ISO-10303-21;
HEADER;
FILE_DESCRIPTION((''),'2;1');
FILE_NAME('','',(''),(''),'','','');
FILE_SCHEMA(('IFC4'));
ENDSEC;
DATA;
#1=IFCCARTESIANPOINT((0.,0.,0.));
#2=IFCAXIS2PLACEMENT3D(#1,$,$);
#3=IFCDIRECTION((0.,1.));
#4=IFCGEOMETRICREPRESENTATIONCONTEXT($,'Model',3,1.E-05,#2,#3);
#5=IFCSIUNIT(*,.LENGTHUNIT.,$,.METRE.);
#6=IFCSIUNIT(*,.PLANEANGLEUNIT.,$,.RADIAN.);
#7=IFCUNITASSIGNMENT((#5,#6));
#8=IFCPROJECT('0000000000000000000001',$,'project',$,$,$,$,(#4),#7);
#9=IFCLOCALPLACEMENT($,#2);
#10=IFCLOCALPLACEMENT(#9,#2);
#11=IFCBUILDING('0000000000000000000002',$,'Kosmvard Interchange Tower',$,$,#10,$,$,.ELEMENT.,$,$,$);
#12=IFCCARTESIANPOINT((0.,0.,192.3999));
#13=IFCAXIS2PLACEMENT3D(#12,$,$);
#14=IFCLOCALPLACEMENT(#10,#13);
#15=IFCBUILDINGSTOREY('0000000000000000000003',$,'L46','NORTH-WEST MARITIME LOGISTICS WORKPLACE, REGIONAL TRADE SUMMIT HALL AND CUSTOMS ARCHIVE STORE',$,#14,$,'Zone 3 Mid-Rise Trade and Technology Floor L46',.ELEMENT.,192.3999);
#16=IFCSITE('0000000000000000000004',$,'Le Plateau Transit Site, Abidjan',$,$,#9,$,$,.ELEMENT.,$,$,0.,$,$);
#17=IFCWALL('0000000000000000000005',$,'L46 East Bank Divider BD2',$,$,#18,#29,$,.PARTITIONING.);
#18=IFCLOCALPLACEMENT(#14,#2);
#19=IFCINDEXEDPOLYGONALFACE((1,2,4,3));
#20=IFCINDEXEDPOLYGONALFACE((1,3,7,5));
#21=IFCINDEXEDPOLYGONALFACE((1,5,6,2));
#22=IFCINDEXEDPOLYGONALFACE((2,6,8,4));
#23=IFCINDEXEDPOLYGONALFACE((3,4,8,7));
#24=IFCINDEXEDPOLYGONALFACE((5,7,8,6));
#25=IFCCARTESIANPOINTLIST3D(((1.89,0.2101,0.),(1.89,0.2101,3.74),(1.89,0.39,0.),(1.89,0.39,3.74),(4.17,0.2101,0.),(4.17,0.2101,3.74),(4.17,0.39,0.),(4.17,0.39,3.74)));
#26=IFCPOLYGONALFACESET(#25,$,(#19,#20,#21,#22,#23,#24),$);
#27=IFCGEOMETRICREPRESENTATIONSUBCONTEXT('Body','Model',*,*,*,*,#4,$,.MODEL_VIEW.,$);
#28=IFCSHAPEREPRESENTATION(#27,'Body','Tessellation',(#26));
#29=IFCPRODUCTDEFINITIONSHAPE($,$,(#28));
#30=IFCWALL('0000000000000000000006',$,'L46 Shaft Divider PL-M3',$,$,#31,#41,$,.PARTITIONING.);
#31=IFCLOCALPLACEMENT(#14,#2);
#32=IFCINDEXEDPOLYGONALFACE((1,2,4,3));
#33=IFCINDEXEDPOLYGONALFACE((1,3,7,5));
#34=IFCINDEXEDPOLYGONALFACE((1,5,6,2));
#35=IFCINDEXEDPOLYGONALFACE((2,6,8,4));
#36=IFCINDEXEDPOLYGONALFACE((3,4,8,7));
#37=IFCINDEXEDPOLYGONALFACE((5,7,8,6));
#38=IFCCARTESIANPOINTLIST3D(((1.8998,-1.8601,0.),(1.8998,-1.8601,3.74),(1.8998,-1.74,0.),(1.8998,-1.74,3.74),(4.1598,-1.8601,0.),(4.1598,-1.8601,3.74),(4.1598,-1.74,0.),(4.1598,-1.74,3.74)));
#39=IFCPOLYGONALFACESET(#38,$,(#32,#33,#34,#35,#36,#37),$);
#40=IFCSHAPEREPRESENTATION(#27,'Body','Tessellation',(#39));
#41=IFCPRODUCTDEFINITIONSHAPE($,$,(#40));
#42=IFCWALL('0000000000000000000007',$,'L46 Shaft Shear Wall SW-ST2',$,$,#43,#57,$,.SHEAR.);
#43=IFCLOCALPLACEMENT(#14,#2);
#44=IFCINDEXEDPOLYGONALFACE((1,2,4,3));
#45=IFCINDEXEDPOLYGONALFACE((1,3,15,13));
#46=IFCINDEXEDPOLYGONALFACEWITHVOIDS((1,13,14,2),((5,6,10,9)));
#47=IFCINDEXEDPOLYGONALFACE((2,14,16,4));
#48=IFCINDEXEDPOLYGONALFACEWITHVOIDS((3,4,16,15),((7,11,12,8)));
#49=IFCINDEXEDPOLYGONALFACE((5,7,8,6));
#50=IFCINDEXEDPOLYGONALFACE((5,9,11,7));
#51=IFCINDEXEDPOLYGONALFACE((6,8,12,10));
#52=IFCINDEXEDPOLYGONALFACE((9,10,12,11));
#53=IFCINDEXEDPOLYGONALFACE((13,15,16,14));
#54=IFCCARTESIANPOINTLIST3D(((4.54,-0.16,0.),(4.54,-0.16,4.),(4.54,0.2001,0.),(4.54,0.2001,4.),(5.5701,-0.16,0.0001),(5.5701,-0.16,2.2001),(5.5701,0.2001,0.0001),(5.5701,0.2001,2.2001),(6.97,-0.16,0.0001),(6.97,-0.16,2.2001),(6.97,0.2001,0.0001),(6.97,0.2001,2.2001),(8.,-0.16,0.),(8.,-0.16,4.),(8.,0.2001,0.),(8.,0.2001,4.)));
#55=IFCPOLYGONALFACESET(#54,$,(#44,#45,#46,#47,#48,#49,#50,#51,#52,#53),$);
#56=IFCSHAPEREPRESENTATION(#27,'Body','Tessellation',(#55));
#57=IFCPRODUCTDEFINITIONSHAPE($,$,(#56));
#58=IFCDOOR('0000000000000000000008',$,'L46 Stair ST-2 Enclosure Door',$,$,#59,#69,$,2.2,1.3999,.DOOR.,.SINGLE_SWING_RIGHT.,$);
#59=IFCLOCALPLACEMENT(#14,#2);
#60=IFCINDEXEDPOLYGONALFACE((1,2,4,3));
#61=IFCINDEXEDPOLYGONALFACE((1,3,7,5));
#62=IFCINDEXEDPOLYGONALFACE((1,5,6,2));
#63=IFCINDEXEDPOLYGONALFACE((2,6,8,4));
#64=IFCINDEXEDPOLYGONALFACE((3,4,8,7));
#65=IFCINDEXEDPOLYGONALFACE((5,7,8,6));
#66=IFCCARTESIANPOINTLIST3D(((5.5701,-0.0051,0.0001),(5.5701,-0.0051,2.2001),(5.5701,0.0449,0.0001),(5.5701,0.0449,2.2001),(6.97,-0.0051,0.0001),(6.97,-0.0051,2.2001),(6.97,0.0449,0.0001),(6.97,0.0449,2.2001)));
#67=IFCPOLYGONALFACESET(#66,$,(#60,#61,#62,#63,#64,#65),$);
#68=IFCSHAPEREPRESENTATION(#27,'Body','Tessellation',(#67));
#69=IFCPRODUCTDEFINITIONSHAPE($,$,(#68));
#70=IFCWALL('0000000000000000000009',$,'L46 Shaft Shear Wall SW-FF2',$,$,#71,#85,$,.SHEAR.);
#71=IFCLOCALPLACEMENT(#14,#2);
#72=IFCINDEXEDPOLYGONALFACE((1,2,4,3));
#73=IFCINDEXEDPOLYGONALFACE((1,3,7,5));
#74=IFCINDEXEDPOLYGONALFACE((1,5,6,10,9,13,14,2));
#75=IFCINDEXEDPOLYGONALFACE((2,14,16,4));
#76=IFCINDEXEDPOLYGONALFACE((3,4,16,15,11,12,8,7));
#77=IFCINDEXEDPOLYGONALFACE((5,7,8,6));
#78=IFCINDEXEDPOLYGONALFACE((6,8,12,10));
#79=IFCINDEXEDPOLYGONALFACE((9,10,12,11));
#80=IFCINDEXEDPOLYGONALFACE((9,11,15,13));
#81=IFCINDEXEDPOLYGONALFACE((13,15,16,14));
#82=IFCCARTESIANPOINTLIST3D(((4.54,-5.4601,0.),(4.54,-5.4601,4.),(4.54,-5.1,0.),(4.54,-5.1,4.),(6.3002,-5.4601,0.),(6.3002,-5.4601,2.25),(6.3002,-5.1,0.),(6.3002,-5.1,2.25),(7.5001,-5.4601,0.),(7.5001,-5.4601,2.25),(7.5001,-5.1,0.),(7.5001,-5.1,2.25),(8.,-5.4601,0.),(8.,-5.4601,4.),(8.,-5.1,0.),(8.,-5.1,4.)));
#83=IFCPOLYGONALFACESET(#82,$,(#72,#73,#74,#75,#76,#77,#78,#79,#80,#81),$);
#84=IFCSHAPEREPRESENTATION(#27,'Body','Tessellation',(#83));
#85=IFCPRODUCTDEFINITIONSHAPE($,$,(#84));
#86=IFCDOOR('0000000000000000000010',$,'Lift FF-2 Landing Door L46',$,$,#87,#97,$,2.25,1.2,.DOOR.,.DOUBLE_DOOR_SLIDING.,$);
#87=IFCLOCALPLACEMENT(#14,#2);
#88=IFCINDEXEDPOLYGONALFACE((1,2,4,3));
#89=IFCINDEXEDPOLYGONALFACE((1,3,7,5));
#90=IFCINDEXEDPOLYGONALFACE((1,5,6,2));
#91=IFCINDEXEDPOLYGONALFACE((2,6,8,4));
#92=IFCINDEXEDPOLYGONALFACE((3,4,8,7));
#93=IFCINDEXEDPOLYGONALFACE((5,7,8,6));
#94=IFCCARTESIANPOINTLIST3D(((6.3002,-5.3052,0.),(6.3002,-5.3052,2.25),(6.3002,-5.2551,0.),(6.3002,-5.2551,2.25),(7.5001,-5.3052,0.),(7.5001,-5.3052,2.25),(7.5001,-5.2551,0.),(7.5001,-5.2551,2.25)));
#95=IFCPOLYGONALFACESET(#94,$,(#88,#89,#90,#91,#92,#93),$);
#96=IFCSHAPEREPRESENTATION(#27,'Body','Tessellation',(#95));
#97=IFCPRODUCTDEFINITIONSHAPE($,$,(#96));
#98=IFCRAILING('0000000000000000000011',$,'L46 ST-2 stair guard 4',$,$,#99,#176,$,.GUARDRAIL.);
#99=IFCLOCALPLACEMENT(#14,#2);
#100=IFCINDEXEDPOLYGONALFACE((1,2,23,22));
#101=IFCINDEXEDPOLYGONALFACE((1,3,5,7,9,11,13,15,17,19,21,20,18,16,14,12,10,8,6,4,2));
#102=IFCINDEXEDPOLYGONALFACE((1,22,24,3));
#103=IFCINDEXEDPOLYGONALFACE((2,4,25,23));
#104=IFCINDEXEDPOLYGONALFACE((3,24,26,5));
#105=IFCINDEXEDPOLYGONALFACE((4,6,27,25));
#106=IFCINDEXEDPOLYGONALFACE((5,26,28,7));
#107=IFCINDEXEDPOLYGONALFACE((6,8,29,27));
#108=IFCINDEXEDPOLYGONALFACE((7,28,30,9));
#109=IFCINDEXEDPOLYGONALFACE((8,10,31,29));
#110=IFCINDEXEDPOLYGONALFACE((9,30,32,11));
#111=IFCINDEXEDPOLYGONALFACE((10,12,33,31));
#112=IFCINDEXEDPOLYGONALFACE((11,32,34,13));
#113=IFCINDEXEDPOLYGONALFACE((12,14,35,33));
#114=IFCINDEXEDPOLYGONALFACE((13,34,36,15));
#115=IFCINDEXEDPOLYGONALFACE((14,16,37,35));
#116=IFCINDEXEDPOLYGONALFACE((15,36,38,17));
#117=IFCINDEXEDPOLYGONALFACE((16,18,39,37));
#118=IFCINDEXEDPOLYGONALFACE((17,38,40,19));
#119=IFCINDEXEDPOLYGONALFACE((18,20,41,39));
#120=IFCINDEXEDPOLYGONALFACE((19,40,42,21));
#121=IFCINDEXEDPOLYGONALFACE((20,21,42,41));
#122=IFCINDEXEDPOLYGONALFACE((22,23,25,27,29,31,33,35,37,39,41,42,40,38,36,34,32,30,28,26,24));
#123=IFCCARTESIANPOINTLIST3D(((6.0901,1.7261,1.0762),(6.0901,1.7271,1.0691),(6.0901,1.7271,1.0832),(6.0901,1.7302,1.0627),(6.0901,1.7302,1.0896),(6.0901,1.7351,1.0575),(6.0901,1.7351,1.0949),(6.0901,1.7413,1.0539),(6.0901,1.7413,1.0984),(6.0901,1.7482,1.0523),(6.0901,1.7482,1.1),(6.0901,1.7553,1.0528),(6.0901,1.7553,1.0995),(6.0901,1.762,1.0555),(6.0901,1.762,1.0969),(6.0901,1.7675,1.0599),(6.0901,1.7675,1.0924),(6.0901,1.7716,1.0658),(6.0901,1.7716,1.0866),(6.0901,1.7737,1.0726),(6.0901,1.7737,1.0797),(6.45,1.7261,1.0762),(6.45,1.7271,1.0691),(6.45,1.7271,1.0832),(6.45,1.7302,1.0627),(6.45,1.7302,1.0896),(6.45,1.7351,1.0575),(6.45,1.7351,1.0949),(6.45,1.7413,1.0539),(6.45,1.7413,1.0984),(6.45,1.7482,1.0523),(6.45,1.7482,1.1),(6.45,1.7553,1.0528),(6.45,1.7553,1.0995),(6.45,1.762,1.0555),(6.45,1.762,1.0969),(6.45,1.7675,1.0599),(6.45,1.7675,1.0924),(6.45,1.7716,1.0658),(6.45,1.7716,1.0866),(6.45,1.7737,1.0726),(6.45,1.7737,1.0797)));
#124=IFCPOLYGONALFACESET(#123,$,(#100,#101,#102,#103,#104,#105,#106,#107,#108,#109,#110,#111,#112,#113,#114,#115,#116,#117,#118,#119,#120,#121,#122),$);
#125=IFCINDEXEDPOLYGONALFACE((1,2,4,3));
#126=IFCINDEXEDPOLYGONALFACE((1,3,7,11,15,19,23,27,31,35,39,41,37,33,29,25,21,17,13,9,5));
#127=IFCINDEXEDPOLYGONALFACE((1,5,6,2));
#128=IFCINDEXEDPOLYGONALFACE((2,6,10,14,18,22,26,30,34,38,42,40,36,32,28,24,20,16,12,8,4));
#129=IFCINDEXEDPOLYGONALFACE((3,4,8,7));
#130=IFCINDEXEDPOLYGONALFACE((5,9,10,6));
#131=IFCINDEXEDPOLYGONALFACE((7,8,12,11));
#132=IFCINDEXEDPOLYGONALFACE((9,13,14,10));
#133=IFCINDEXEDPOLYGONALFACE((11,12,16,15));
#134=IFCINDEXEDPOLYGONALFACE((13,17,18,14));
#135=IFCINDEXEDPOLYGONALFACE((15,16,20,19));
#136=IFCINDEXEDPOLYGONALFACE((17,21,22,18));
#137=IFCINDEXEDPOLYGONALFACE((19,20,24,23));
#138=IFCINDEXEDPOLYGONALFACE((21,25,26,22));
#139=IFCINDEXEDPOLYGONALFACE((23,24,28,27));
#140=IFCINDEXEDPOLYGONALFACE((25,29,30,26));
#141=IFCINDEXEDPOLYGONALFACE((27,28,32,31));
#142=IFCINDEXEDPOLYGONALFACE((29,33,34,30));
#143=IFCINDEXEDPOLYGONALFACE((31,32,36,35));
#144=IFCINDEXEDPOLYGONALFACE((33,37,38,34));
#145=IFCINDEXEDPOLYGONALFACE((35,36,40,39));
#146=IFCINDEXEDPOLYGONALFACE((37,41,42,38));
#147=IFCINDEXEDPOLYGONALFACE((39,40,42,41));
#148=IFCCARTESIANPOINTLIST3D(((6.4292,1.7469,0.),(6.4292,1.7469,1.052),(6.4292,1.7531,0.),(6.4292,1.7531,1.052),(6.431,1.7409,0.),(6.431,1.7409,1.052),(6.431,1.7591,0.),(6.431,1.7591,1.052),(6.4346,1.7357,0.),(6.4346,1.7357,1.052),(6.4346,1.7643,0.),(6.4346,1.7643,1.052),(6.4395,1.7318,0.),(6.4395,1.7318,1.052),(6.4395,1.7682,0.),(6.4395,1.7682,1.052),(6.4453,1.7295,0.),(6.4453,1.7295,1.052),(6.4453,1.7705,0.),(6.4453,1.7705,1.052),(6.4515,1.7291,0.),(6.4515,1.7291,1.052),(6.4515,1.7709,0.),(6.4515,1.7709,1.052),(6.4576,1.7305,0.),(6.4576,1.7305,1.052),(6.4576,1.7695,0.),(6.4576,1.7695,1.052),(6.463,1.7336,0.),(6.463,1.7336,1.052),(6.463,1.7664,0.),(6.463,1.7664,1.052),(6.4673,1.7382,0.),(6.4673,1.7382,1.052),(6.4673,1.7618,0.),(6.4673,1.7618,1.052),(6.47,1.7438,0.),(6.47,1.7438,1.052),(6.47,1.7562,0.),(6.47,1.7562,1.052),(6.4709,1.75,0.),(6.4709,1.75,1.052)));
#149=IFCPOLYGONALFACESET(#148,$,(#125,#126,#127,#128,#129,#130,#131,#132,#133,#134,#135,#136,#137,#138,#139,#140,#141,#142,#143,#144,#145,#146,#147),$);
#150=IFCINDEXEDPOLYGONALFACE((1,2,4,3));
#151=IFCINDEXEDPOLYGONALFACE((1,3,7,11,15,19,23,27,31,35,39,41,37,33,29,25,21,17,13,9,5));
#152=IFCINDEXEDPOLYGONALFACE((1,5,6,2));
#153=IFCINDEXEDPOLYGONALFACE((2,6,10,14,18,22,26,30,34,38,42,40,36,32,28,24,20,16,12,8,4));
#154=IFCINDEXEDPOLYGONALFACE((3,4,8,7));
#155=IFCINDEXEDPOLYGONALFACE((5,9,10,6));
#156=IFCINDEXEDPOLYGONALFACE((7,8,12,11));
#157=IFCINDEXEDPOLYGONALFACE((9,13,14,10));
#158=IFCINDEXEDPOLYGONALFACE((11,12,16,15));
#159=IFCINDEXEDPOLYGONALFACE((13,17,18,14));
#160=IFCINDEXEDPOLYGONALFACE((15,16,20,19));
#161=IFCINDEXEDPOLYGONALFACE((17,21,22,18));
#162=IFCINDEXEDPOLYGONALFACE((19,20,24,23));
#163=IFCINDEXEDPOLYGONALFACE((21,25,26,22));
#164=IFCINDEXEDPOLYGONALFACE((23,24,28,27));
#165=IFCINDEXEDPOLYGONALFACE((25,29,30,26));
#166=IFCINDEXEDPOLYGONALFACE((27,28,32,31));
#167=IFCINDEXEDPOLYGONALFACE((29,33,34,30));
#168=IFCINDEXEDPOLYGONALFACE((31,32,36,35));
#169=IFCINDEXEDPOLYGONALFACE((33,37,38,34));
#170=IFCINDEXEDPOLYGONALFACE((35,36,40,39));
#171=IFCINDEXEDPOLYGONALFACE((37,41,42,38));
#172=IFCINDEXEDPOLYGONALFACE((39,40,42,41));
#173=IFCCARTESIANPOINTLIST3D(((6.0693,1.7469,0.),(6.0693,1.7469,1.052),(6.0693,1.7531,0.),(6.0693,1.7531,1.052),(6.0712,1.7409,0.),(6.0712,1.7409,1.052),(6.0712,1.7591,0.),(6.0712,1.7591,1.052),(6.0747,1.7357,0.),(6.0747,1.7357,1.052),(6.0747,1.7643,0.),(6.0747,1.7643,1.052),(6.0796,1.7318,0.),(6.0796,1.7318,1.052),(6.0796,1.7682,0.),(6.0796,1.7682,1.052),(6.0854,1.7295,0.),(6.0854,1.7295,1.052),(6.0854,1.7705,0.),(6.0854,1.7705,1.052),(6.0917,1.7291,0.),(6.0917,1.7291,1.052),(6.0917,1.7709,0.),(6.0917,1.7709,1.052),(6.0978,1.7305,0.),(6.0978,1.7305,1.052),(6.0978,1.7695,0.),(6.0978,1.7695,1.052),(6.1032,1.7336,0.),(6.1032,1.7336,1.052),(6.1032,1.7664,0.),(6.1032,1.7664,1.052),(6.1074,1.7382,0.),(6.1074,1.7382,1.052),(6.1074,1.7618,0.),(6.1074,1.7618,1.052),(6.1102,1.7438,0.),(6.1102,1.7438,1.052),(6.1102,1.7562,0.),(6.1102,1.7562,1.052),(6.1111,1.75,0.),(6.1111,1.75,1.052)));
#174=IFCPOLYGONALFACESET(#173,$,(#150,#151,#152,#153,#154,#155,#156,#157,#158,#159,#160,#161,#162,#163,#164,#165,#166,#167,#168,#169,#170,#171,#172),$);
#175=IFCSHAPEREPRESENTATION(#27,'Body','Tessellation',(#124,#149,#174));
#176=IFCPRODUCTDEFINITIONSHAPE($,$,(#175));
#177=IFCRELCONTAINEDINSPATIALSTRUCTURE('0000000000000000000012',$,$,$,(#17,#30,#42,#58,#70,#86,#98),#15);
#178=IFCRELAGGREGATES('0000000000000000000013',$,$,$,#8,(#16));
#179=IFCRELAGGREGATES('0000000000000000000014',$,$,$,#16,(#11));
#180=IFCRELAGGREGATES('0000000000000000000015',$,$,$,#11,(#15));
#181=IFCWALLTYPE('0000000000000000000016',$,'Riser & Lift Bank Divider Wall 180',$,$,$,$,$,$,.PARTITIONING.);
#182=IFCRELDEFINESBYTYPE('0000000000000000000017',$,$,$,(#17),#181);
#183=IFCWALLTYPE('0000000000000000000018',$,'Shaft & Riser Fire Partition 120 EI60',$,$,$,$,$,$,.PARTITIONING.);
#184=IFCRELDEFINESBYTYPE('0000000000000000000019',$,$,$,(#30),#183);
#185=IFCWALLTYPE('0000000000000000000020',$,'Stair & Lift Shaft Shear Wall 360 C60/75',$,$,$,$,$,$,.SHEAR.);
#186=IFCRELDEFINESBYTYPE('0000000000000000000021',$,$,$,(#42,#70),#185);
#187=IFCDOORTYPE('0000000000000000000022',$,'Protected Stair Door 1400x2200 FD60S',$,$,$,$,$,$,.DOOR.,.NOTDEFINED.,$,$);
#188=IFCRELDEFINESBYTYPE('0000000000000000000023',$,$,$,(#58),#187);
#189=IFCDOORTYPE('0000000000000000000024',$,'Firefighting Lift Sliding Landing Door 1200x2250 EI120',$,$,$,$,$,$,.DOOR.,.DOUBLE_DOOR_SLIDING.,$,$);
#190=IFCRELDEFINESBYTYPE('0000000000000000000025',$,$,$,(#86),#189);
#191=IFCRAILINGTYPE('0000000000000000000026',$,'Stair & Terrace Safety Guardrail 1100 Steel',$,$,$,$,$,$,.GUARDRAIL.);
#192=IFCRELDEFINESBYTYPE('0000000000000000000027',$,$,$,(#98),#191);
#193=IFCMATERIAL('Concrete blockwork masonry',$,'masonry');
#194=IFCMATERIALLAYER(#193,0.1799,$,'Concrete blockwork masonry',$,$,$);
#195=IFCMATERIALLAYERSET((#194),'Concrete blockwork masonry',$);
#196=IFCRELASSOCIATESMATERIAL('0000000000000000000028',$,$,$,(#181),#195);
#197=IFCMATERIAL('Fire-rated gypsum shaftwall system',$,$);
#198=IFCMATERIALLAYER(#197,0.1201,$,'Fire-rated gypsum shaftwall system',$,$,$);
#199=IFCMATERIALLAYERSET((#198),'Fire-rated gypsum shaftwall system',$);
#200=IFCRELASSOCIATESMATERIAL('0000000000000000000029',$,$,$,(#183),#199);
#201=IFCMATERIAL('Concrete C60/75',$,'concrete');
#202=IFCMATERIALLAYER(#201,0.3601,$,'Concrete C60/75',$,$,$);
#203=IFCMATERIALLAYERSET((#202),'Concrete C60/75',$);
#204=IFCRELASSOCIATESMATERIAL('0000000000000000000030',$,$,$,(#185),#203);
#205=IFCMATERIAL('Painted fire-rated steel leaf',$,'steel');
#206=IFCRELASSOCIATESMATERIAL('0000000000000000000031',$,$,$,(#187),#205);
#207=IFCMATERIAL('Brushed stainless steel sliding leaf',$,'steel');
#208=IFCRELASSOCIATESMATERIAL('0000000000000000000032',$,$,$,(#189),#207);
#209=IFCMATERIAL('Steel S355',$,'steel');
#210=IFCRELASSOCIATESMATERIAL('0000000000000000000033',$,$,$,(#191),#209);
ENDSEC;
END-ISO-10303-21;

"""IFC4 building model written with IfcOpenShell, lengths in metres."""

from ifc_helpers import new_model, si_unit, direction, frame, frame_2d, origin, origin_2d, place, context, subcontext, project, spatial, rectangle, circle, extrude, source, transform, mapped, material, layer, layer_set, type_object, element, fill, save


model = new_model("IFC4")

# Units and contexts
model_context = context("Model", 3, precision=1e-05, world=origin(), true_north=direction((0.0, 1.0)))
body_context = subcontext(model_context, "Body", "Model", "MODEL_VIEW")
ifc_project = project(units=[si_unit("LENGTHUNIT", "METRE"), si_unit("PLANEANGLEUNIT", "RADIAN")], contexts=[model_context])

# Site, building, storey
site_placement = place(None, origin())
site = spatial("IfcSite", under=ifc_project, at=site_placement, Name="Le Plateau Transit Site, Abidjan", CompositionType="ELEMENT", RefElevation=0.0)
building_placement = place(site_placement, origin())
building = spatial("IfcBuilding", under=site, at=building_placement, Name="Kosmvard Interchange Tower", CompositionType="ELEMENT")
storey_placement = place(building_placement, frame((0.0, 0.0, 192.3999)))
storey = spatial("IfcBuildingStorey", under=building, at=storey_placement, Name="L46", Description="NORTH-WEST MARITIME LOGISTICS WORKPLACE, REGIONAL TRADE SUMMIT HALL AND CUSTOMS ARCHIVE STORE", LongName="Zone 3 Mid-Rise Trade and Technology Floor L46", CompositionType="ELEMENT", Elevation=192.3999)

# Walls
ifc_material_1 = material(Name="Concrete blockwork masonry", Category="masonry")
ifc_layer_1 = layer(ifc_material_1, 0.1799, Name="Concrete blockwork masonry")
ifc_layer_set_1 = layer_set([ifc_layer_1], Name="Concrete blockwork masonry")
wall_type_1 = type_object("IfcWallType", Name="Riser & Lift Bank Divider Wall 180", PredefinedType="PARTITIONING", material=ifc_layer_set_1)
for number, where, z_axis, x_axis, name in (
    (1, (1.8899, 0.3, 0.0), (0.0, 0.0, 1.0), (1.0, 0.0, 0.0), "L46 East Bank Divider BD2"),
):
    element("IfcWall", number, at=place(storey_placement, frame(where, z_axis=z_axis, x_axis=x_axis)), inside=storey, type_object=wall_type_1, Name=name, PredefinedType="PARTITIONING", context=body_context, shape_type="SweptSolid", body=[
        extrude(rectangle(XDim=2.28, YDim=0.1799, at=frame_2d((1.1401, 0.0))), origin(), (0.0, 0.0, 1.0), 3.74),
    ])
ifc_material_2 = material(Name="Fire-rated gypsum shaftwall system")
ifc_layer_2 = layer(ifc_material_2, 0.1201, Name="Fire-rated gypsum shaftwall system")
ifc_layer_set_2 = layer_set([ifc_layer_2], Name="Fire-rated gypsum shaftwall system")
wall_type_2 = type_object("IfcWallType", Name="Shaft & Riser Fire Partition 120 EI60", PredefinedType="PARTITIONING", material=ifc_layer_set_2)
wall_1_placement = place(storey_placement, frame((1.8999, -1.8, 0.0), z_axis=(0.0, 0.0, 1.0), x_axis=(1.0, 0.0, 0.0)))
element("IfcWall", 2, at=wall_1_placement, inside=storey, type_object=wall_type_2, Name="L46 Shaft Divider PL-M3", PredefinedType="PARTITIONING", context=body_context, shape_type="SweptSolid", body=[
    extrude(rectangle(XDim=2.26, YDim=0.1201, at=frame_2d((1.1299, 0.0))), origin(), (0.0, 0.0, 1.0), 3.74),
])

# Walls, openings, doors
ifc_material_3 = material(Name="Concrete C60/75", Category="concrete")
ifc_layer_3 = layer(ifc_material_3, 0.3601, Name="Concrete C60/75")
ifc_layer_set_3 = layer_set([ifc_layer_3], Name="Concrete C60/75")
wall_type_3 = type_object("IfcWallType", Name="Stair & Lift Shaft Shear Wall 360 C60/75", PredefinedType="SHEAR", material=ifc_layer_set_3)
wall_2_placement = place(storey_placement, frame((4.54, 0.02, 0.0), z_axis=(0.0, 0.0, 1.0), x_axis=(1.0, 0.0, 0.0)))
wall_2 = element("IfcWall", 3, at=wall_2_placement, inside=storey, type_object=wall_type_3, Name="L46 Shaft Shear Wall SW-ST2", PredefinedType="SHEAR", context=body_context, shape_type="SweptSolid", body=[
    extrude(rectangle(XDim=3.46, YDim=0.3601, at=frame_2d((1.73, 0.0))), origin(), (0.0, 0.0, 1.0), 4.0),
])
opening_1_placement = place(wall_2_placement, frame((1.03, 0.0, 0.0)))
opening_1 = element("IfcOpeningElement", 4, at=opening_1_placement, cuts=wall_2, PredefinedType="OPENING", context=body_context, shape_type="SweptSolid", body=[
    extrude(rectangle(XDim=1.3999, YDim=2.2, at=frame_2d((0.7, 1.1001))), frame((0.0, 0.1899, 0.0), z_axis=(0.0, -1.0, 0.0), x_axis=(1.0, 0.0, 0.0)), (0.0, 0.0, 1.0), 0.3801),
])
ifc_material_4 = material(Name="Painted fire-rated steel leaf", Category="steel")
door_type_1 = type_object("IfcDoorType", Name="Protected Stair Door 1400x2200 FD60S", OperationType="NOTDEFINED", PredefinedType="DOOR", material=ifc_material_4)
shared_shape_1 = source(origin(), body_context, "Body", "SweptSolid", [
    extrude(rectangle(XDim=1.3999, YDim=2.2, at=frame_2d((0.7, 1.1001))), frame((0.0, 0.0249, 0.0), z_axis=(0.0, -1.0, 0.0), x_axis=(1.0, 0.0, 0.0)), (0.0, 0.0, 1.0), 0.05),
])
door_1_placement = place(opening_1_placement, origin())
door_1 = element("IfcDoor", 5, at=door_1_placement, inside=storey, type_object=door_type_1, Name="L46 Stair ST-2 Enclosure Door", OperationType="SINGLE_SWING_RIGHT", OverallHeight=2.2, OverallWidth=1.3999, PredefinedType="DOOR", context=body_context, shape_type="MappedRepresentation", body=[
    mapped(shared_shape_1, transform((0.0, 0.0, 0.0), scale=1.0)),
])
fill(opening_1, door_1)
wall_3_placement = place(storey_placement, frame((4.54, -5.28, 0.0), z_axis=(0.0, 0.0, 1.0), x_axis=(1.0, 0.0, 0.0)))
wall_3 = element("IfcWall", 6, at=wall_3_placement, inside=storey, type_object=wall_type_3, Name="L46 Shaft Shear Wall SW-FF2", PredefinedType="SHEAR", context=body_context, shape_type="SweptSolid", body=[
    extrude(rectangle(XDim=3.46, YDim=0.3601, at=frame_2d((1.73, 0.0))), origin(), (0.0, 0.0, 1.0), 4.0),
])
opening_2_placement = place(wall_3_placement, frame((1.76, 0.0, 0.0)))
opening_2 = element("IfcOpeningElement", 7, at=opening_2_placement, cuts=wall_3, PredefinedType="OPENING", context=body_context, shape_type="SweptSolid", body=[
    extrude(rectangle(XDim=1.2, YDim=2.25, at=frame_2d((0.6001, 1.125))), frame((0.0, 0.1899, 0.0), z_axis=(0.0, -1.0, 0.0), x_axis=(1.0, 0.0, 0.0)), (0.0, 0.0, 1.0), 0.3801),
])
ifc_material_5 = material(Name="Brushed stainless steel sliding leaf", Category="steel")
door_type_2 = type_object("IfcDoorType", Name="Firefighting Lift Sliding Landing Door 1200x2250 EI120", OperationType="DOUBLE_DOOR_SLIDING", PredefinedType="DOOR", material=ifc_material_5)
shared_shape_2 = source(origin(), body_context, "Body", "SweptSolid", [
    extrude(rectangle(XDim=1.2, YDim=2.25, at=frame_2d((0.6001, 1.125))), frame((0.0, 0.0249, 0.0), z_axis=(0.0, -1.0, 0.0), x_axis=(1.0, 0.0, 0.0)), (0.0, 0.0, 1.0), 0.05),
])
door_2_placement = place(opening_2_placement, origin())
door_2 = element("IfcDoor", 8, at=door_2_placement, inside=storey, type_object=door_type_2, Name="Lift FF-2 Landing Door L46", OperationType="DOUBLE_DOOR_SLIDING", OverallHeight=2.25, OverallWidth=1.2, PredefinedType="DOOR", context=body_context, shape_type="MappedRepresentation", body=[
    mapped(shared_shape_2, transform((0.0, 0.0, 0.0), scale=1.0)),
])
fill(opening_2, door_2)

# Railing
ifc_material_6 = material(Name="Steel S355", Category="steel")
railing_type = type_object("IfcRailingType", Name="Stair & Terrace Safety Guardrail 1100 Steel", PredefinedType="GUARDRAIL", material=ifc_material_6)
shared_shape_3 = source(origin(), body_context, "Body", "SweptSolid", [
    extrude(circle(Radius=0.0239, at=origin_2d()), frame((0.0, 0.0, 1.0762), z_axis=(-1.0, 0.0, 0.0), x_axis=(0.0, -1.0, 0.0)), (0.0, 0.0, 1.0), 0.3599),
    extrude(circle(Radius=0.021, at=origin_2d()), origin(), (0.0, 0.0, 1.0), 1.052),
    extrude(circle(Radius=0.021, at=origin_2d()), frame((-0.3599, 0.0, 0.0)), (0.0, 0.0, 1.0), 1.052),
])
railing_placement = place(storey_placement, frame((6.45, 1.75, 0.0)))
element("IfcRailing", 9, at=railing_placement, inside=storey, type_object=railing_type, Name="L46 ST-2 stair guard 4", PredefinedType="GUARDRAIL", context=body_context, shape_type="MappedRepresentation", body=[
    mapped(shared_shape_3, transform((0.0, 0.0, 0.0), scale=1.0)),
])

save(model, "model.ifc")
